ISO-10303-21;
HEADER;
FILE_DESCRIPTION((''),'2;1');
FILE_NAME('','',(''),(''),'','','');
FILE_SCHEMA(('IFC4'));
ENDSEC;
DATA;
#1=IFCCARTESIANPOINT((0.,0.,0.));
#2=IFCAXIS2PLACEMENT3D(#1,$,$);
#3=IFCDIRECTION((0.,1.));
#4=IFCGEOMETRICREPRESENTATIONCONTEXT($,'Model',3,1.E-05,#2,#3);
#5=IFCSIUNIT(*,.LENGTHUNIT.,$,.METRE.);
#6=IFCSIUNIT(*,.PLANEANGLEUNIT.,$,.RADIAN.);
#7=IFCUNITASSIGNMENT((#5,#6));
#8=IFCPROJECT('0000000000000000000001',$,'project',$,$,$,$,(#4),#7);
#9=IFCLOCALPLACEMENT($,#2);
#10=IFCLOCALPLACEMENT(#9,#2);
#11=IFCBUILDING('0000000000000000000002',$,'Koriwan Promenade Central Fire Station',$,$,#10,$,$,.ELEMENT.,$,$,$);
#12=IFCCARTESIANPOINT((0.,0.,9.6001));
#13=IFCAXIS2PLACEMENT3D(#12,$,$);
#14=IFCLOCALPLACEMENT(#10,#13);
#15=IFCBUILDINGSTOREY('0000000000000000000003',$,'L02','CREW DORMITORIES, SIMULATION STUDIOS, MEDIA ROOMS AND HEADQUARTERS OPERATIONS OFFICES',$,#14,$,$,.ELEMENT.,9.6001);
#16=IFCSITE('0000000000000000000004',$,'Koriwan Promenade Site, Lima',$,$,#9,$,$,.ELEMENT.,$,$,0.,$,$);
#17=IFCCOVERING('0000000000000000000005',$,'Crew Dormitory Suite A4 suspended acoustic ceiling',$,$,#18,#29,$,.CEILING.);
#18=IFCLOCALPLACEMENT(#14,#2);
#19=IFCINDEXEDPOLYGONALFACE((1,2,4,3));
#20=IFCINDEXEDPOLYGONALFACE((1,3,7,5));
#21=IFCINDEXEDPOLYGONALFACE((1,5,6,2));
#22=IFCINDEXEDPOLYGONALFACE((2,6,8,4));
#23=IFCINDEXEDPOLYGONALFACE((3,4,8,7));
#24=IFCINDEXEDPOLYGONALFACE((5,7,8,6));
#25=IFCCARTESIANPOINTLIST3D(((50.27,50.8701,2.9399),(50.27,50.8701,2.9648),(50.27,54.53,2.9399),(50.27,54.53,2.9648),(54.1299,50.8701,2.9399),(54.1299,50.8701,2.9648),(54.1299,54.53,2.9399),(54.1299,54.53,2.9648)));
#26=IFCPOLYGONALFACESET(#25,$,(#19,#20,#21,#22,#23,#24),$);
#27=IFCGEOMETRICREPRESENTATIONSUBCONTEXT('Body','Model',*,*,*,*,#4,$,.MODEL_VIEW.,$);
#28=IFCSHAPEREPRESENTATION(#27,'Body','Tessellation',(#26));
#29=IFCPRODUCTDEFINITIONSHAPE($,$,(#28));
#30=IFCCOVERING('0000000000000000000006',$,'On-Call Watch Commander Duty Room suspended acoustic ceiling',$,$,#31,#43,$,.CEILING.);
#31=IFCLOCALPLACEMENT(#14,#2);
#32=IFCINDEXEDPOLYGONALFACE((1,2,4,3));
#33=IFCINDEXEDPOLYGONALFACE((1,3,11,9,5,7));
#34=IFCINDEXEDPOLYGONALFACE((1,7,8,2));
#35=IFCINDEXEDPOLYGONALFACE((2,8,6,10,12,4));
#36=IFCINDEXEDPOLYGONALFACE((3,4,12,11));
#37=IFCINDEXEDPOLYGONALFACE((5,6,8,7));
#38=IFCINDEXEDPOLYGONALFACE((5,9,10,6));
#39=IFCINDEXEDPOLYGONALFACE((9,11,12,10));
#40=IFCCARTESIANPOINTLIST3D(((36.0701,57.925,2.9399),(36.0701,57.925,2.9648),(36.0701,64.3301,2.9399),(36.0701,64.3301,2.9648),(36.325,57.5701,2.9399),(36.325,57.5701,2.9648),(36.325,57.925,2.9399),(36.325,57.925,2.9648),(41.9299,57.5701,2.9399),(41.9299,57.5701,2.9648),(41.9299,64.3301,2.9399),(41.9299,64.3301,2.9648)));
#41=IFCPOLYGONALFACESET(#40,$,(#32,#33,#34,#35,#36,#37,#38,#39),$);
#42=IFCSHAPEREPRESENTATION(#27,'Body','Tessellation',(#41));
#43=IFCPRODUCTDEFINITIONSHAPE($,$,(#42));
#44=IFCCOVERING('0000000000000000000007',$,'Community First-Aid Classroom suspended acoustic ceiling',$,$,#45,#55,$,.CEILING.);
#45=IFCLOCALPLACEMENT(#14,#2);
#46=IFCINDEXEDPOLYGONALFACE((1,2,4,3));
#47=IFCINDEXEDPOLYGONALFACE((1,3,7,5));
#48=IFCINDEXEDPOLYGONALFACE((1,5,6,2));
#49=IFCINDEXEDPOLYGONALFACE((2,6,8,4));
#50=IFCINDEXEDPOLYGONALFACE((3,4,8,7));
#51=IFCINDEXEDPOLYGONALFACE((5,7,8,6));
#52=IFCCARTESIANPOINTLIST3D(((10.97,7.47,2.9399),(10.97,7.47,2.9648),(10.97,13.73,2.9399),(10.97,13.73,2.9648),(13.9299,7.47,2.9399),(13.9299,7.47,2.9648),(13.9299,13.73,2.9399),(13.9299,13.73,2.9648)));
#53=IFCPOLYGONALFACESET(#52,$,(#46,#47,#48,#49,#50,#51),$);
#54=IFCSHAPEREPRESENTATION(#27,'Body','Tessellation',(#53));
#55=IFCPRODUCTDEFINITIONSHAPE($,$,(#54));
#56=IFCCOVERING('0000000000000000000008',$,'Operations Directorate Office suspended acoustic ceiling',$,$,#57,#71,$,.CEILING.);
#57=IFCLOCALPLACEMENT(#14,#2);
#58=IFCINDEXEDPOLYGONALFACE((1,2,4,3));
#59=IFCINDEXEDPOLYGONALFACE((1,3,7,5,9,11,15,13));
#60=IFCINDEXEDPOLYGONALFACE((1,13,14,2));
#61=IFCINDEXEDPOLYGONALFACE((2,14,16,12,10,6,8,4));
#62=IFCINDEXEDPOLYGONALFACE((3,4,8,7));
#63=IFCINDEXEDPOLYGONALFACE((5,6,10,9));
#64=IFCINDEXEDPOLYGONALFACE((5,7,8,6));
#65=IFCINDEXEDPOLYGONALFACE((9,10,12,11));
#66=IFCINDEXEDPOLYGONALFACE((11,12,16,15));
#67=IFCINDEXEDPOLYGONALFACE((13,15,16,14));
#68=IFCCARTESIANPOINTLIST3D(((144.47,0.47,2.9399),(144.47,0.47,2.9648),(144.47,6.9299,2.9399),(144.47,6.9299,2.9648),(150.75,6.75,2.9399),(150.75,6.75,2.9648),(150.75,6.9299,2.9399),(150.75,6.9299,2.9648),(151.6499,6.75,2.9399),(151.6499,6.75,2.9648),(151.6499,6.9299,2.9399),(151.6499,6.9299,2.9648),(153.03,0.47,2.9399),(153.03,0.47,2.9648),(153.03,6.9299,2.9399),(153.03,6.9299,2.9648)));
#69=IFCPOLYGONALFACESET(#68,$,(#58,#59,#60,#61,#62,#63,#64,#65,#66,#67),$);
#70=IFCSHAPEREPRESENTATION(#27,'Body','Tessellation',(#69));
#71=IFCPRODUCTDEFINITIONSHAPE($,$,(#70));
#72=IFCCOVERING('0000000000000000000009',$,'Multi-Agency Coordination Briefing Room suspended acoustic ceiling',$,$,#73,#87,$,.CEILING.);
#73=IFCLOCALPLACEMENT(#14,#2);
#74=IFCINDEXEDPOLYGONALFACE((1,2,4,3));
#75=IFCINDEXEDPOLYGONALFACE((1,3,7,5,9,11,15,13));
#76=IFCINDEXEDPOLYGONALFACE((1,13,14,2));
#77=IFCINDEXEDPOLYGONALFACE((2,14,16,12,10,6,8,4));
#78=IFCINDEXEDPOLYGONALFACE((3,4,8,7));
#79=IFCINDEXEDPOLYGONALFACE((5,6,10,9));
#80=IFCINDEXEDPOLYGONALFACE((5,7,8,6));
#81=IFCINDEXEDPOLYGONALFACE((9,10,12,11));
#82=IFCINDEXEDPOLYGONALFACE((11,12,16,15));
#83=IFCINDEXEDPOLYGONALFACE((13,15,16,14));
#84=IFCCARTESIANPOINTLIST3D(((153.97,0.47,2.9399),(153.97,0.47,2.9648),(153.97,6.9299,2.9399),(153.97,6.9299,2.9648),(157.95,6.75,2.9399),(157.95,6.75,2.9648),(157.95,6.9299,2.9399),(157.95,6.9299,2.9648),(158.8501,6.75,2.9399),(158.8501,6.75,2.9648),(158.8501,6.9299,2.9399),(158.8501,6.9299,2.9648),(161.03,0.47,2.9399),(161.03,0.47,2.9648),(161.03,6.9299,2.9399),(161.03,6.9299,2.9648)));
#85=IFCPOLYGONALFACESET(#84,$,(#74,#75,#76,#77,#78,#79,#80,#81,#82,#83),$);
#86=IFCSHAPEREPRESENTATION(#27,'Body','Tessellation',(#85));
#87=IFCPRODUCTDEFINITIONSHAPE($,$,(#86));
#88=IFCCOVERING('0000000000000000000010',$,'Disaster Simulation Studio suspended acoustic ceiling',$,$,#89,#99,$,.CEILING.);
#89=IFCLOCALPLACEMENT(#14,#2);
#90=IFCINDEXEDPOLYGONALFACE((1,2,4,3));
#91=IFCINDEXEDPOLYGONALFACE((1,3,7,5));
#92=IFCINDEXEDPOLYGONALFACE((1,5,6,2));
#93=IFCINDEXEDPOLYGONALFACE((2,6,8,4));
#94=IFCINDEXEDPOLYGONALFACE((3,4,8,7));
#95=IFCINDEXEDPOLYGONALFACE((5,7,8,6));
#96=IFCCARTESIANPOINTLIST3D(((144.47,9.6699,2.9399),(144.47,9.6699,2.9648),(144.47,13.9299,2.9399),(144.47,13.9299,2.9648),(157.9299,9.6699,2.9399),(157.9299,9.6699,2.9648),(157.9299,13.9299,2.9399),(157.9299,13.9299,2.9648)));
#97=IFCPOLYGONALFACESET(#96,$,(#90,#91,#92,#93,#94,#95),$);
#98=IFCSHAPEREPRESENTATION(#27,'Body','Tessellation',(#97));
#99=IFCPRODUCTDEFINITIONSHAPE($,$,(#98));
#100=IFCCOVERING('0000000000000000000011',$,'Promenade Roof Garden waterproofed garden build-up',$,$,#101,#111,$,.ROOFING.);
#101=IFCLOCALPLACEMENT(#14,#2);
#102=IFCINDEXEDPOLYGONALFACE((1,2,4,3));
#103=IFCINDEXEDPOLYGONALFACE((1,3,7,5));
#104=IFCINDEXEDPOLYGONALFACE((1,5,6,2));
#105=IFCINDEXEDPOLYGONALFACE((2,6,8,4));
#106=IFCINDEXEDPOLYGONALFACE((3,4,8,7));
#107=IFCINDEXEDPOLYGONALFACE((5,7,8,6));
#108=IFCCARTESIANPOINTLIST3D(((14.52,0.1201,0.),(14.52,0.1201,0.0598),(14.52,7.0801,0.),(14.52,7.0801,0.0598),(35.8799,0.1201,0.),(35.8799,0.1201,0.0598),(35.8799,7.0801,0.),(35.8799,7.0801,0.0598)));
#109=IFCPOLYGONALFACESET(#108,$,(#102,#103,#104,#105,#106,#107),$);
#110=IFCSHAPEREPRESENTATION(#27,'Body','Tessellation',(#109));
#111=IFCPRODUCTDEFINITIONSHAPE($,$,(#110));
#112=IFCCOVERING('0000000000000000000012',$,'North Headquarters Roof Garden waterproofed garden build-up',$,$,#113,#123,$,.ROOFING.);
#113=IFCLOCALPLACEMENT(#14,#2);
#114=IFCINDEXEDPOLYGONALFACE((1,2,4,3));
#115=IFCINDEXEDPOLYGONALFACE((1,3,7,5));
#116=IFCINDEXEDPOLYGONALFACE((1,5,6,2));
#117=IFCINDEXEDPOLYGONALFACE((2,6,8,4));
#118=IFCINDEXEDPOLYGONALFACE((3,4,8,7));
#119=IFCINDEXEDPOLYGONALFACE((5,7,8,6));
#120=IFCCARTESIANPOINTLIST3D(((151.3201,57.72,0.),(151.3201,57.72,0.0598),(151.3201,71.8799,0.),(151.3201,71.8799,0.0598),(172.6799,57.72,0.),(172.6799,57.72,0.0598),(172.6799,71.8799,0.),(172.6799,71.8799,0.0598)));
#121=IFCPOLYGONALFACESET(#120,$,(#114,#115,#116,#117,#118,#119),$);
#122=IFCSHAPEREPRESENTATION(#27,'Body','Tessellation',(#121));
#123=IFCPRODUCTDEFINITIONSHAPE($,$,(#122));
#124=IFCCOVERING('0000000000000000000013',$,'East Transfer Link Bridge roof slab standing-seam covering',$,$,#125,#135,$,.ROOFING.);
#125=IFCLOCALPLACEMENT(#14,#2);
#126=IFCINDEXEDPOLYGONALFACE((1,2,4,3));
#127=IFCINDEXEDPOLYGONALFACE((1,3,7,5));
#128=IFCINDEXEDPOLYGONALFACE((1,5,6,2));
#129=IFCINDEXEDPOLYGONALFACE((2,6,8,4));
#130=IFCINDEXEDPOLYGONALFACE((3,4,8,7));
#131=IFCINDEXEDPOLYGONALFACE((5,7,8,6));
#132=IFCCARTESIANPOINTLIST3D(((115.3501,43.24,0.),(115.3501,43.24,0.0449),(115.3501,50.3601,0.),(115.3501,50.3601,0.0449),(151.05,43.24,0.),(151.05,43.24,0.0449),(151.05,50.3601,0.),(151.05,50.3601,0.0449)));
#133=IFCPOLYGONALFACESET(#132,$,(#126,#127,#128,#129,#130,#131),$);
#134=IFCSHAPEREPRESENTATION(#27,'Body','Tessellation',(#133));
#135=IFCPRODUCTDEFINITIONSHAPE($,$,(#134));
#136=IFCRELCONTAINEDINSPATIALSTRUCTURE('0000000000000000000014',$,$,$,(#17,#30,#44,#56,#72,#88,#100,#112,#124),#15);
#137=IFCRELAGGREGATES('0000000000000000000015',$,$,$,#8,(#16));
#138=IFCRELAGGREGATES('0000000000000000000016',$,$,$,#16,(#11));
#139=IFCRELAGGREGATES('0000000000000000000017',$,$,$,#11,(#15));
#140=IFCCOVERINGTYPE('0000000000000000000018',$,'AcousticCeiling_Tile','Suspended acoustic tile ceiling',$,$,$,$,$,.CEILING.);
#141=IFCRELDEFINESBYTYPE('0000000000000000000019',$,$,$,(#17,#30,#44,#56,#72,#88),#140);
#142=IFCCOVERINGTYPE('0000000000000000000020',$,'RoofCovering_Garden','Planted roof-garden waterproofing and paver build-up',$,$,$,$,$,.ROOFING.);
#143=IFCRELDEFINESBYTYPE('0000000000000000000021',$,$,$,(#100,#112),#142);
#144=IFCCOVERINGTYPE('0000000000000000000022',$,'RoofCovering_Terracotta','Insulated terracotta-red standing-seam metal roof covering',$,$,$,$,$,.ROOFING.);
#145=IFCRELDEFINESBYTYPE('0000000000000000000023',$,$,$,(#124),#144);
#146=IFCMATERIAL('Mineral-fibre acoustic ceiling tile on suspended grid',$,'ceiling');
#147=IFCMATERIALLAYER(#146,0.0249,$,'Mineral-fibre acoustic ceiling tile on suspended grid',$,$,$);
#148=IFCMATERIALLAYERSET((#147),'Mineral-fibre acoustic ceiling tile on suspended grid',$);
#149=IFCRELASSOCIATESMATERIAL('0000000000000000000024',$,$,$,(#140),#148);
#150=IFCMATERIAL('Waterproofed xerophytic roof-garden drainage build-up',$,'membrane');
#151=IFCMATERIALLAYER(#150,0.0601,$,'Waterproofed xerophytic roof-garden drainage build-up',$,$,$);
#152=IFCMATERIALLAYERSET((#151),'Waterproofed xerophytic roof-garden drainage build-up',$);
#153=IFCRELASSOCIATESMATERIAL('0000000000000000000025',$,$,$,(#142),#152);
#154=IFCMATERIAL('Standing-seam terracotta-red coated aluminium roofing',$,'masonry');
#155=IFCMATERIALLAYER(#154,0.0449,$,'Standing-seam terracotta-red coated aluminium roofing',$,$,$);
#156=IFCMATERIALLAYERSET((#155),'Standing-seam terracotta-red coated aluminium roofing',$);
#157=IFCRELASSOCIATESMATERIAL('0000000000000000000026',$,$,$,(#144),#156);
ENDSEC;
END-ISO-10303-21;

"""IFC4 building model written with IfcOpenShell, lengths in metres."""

from ifc_helpers import new_model, si_unit, direction, frame, origin, place, context, subcontext, project, spatial, polyline, outline, extrude, material, layer, layer_set, type_object, element, save


model = new_model("IFC4")

# Units and contexts
model_context = context("Model", 3, precision=1e-05, world=origin(), true_north=direction((0.0, 1.0)))
body_context = subcontext(model_context, "Body", "Model", "MODEL_VIEW")
ifc_project = project(units=[si_unit("LENGTHUNIT", "METRE"), si_unit("PLANEANGLEUNIT", "RADIAN")], contexts=[model_context])

# Site, building, storey
site_placement = place(None, origin())
site = spatial("IfcSite", under=ifc_project, at=site_placement, Name="Koriwan Promenade Site, Lima", CompositionType="ELEMENT", RefElevation=0.0)
building_placement = place(site_placement, origin())
building = spatial("IfcBuilding", under=site, at=building_placement, Name="Koriwan Promenade Central Fire Station", CompositionType="ELEMENT")
storey_placement = place(building_placement, frame((0.0, 0.0, 9.6001)))
storey = spatial("IfcBuildingStorey", under=building, at=storey_placement, Name="L02", Description="CREW DORMITORIES, SIMULATION STUDIOS, MEDIA ROOMS AND HEADQUARTERS OPERATIONS OFFICES", CompositionType="ELEMENT", Elevation=9.6001)

# Coverings
ifc_material_1 = material(Name="Mineral-fibre acoustic ceiling tile on suspended grid", Category="ceiling")
ifc_layer_1 = layer(ifc_material_1, 0.0249, Name="Mineral-fibre acoustic ceiling tile on suspended grid")
ifc_layer_set_1 = layer_set([ifc_layer_1], Name="Mineral-fibre acoustic ceiling tile on suspended grid")
covering_type_1 = type_object("IfcCoveringType", Name="AcousticCeiling_Tile", Description="Suspended acoustic tile ceiling", PredefinedType="CEILING", material=ifc_layer_set_1)
covering_1_placement = place(storey_placement, frame((0.0, 0.0, 2.9399)))
element("IfcCovering", 1, at=covering_1_placement, inside=storey, type_object=covering_type_1, Name="Crew Dormitory Suite A4 suspended acoustic ceiling", PredefinedType="CEILING", context=body_context, shape_type="SweptSolid", body=[
    extrude(outline(polyline([(54.1299, 54.53), (54.1299, 50.8701), (50.27, 50.8701), (50.27, 54.53), (54.1299, 54.53)])), origin(), (0.0, 0.0, 1.0), 0.0249),
])
covering_2_placement = place(storey_placement, frame((0.0, 0.0, 2.9399)))
element("IfcCovering", 2, at=covering_2_placement, inside=storey, type_object=covering_type_1, Name="On-Call Watch Commander Duty Room suspended acoustic ceiling", PredefinedType="CEILING", context=body_context, shape_type="SweptSolid", body=[
    extrude(outline(polyline([(41.9299, 64.3301), (41.9299, 57.5701), (36.325, 57.5701), (36.325, 57.925), (36.0701, 57.925), (36.0701, 64.3301), (41.9299, 64.3301)])), origin(), (0.0, 0.0, 1.0), 0.0249),
])
covering_3_placement = place(storey_placement, frame((0.0, 0.0, 2.9399)))
element("IfcCovering", 3, at=covering_3_placement, inside=storey, type_object=covering_type_1, Name="Community First-Aid Classroom suspended acoustic ceiling", PredefinedType="CEILING", context=body_context, shape_type="SweptSolid", body=[
    extrude(outline(polyline([(13.9299, 13.73), (13.9299, 7.47), (10.97, 7.47), (10.97, 13.73), (13.9299, 13.73)])), origin(), (0.0, 0.0, 1.0), 0.0249),
])
covering_4_placement = place(storey_placement, frame((0.0, 0.0, 2.9399)))
element("IfcCovering", 4, at=covering_4_placement, inside=storey, type_object=covering_type_1, Name="Operations Directorate Office suspended acoustic ceiling", PredefinedType="CEILING", context=body_context, shape_type="SweptSolid", body=[
    extrude(outline(polyline([(144.47, 0.47), (144.47, 6.9299), (150.75, 6.9299), (150.75, 6.75), (151.6499, 6.75), (151.6499, 6.9299), (153.03, 6.9299), (153.03, 0.47), (144.47, 0.47)])), origin(), (0.0, 0.0, 1.0), 0.0249),
])
covering_5_placement = place(storey_placement, frame((0.0, 0.0, 2.9399)))
element("IfcCovering", 5, at=covering_5_placement, inside=storey, type_object=covering_type_1, Name="Multi-Agency Coordination Briefing Room suspended acoustic ceiling", PredefinedType="CEILING", context=body_context, shape_type="SweptSolid", body=[
    extrude(outline(polyline([(158.8501, 6.9299), (161.03, 6.9299), (161.03, 0.47), (153.97, 0.47), (153.97, 6.9299), (157.95, 6.9299), (157.95, 6.75), (158.8501, 6.75), (158.8501, 6.9299)])), origin(), (0.0, 0.0, 1.0), 0.0249),
])
covering_6_placement = place(storey_placement, frame((0.0, 0.0, 2.9399)))
element("IfcCovering", 6, at=covering_6_placement, inside=storey, type_object=covering_type_1, Name="Disaster Simulation Studio suspended acoustic ceiling", PredefinedType="CEILING", context=body_context, shape_type="SweptSolid", body=[
    extrude(outline(polyline([(157.9299, 13.9299), (157.9299, 9.6699), (144.47, 9.6699), (144.47, 13.9299), (157.9299, 13.9299)])), origin(), (0.0, 0.0, 1.0), 0.0249),
])
ifc_material_2 = material(Name="Waterproofed xerophytic roof-garden drainage build-up", Category="membrane")
ifc_layer_2 = layer(ifc_material_2, 0.0601, Name="Waterproofed xerophytic roof-garden drainage build-up")
ifc_layer_set_2 = layer_set([ifc_layer_2], Name="Waterproofed xerophytic roof-garden drainage build-up")
covering_type_2 = type_object("IfcCoveringType", Name="RoofCovering_Garden", Description="Planted roof-garden waterproofing and paver build-up", PredefinedType="ROOFING", material=ifc_layer_set_2)
covering_7_placement = place(storey_placement, origin())
element("IfcCovering", 7, at=covering_7_placement, inside=storey, type_object=covering_type_2, Name="Promenade Roof Garden waterproofed garden build-up", PredefinedType="ROOFING", context=body_context, shape_type="SweptSolid", body=[
    extrude(outline(polyline([(35.8799, 0.1201), (14.52, 0.1201), (14.52, 7.0801), (35.8799, 7.0801), (35.8799, 0.1201)])), origin(), (0.0, 0.0, 1.0), 0.0598),
])
covering_8_placement = place(storey_placement, origin())
element("IfcCovering", 8, at=covering_8_placement, inside=storey, type_object=covering_type_2, Name="North Headquarters Roof Garden waterproofed garden build-up", PredefinedType="ROOFING", context=body_context, shape_type="SweptSolid", body=[
    extrude(outline(polyline([(172.6799, 57.72), (151.3201, 57.72), (151.3201, 71.8799), (172.6799, 71.8799), (172.6799, 57.72)])), origin(), (0.0, 0.0, 1.0), 0.0598),
])
ifc_material_3 = material(Name="Standing-seam terracotta-red coated aluminium roofing", Category="masonry")
ifc_layer_3 = layer(ifc_material_3, 0.0449, Name="Standing-seam terracotta-red coated aluminium roofing")
ifc_layer_set_3 = layer_set([ifc_layer_3], Name="Standing-seam terracotta-red coated aluminium roofing")
covering_type_3 = type_object("IfcCoveringType", Name="RoofCovering_Terracotta", Description="Insulated terracotta-red standing-seam metal roof covering", PredefinedType="ROOFING", material=ifc_layer_set_3)
covering_9_placement = place(storey_placement, origin())
element("IfcCovering", 9, at=covering_9_placement, inside=storey, type_object=covering_type_3, Name="East Transfer Link Bridge roof slab standing-seam covering", PredefinedType="ROOFING", context=body_context, shape_type="SweptSolid", body=[
    extrude(outline(polyline([(115.3501, 43.24), (151.05, 43.24), (151.05, 50.3601), (115.3501, 50.3601), (115.3501, 43.24)])), origin(), (0.0, 0.0, 1.0), 0.0449),
])

save(model, "model.ifc")
